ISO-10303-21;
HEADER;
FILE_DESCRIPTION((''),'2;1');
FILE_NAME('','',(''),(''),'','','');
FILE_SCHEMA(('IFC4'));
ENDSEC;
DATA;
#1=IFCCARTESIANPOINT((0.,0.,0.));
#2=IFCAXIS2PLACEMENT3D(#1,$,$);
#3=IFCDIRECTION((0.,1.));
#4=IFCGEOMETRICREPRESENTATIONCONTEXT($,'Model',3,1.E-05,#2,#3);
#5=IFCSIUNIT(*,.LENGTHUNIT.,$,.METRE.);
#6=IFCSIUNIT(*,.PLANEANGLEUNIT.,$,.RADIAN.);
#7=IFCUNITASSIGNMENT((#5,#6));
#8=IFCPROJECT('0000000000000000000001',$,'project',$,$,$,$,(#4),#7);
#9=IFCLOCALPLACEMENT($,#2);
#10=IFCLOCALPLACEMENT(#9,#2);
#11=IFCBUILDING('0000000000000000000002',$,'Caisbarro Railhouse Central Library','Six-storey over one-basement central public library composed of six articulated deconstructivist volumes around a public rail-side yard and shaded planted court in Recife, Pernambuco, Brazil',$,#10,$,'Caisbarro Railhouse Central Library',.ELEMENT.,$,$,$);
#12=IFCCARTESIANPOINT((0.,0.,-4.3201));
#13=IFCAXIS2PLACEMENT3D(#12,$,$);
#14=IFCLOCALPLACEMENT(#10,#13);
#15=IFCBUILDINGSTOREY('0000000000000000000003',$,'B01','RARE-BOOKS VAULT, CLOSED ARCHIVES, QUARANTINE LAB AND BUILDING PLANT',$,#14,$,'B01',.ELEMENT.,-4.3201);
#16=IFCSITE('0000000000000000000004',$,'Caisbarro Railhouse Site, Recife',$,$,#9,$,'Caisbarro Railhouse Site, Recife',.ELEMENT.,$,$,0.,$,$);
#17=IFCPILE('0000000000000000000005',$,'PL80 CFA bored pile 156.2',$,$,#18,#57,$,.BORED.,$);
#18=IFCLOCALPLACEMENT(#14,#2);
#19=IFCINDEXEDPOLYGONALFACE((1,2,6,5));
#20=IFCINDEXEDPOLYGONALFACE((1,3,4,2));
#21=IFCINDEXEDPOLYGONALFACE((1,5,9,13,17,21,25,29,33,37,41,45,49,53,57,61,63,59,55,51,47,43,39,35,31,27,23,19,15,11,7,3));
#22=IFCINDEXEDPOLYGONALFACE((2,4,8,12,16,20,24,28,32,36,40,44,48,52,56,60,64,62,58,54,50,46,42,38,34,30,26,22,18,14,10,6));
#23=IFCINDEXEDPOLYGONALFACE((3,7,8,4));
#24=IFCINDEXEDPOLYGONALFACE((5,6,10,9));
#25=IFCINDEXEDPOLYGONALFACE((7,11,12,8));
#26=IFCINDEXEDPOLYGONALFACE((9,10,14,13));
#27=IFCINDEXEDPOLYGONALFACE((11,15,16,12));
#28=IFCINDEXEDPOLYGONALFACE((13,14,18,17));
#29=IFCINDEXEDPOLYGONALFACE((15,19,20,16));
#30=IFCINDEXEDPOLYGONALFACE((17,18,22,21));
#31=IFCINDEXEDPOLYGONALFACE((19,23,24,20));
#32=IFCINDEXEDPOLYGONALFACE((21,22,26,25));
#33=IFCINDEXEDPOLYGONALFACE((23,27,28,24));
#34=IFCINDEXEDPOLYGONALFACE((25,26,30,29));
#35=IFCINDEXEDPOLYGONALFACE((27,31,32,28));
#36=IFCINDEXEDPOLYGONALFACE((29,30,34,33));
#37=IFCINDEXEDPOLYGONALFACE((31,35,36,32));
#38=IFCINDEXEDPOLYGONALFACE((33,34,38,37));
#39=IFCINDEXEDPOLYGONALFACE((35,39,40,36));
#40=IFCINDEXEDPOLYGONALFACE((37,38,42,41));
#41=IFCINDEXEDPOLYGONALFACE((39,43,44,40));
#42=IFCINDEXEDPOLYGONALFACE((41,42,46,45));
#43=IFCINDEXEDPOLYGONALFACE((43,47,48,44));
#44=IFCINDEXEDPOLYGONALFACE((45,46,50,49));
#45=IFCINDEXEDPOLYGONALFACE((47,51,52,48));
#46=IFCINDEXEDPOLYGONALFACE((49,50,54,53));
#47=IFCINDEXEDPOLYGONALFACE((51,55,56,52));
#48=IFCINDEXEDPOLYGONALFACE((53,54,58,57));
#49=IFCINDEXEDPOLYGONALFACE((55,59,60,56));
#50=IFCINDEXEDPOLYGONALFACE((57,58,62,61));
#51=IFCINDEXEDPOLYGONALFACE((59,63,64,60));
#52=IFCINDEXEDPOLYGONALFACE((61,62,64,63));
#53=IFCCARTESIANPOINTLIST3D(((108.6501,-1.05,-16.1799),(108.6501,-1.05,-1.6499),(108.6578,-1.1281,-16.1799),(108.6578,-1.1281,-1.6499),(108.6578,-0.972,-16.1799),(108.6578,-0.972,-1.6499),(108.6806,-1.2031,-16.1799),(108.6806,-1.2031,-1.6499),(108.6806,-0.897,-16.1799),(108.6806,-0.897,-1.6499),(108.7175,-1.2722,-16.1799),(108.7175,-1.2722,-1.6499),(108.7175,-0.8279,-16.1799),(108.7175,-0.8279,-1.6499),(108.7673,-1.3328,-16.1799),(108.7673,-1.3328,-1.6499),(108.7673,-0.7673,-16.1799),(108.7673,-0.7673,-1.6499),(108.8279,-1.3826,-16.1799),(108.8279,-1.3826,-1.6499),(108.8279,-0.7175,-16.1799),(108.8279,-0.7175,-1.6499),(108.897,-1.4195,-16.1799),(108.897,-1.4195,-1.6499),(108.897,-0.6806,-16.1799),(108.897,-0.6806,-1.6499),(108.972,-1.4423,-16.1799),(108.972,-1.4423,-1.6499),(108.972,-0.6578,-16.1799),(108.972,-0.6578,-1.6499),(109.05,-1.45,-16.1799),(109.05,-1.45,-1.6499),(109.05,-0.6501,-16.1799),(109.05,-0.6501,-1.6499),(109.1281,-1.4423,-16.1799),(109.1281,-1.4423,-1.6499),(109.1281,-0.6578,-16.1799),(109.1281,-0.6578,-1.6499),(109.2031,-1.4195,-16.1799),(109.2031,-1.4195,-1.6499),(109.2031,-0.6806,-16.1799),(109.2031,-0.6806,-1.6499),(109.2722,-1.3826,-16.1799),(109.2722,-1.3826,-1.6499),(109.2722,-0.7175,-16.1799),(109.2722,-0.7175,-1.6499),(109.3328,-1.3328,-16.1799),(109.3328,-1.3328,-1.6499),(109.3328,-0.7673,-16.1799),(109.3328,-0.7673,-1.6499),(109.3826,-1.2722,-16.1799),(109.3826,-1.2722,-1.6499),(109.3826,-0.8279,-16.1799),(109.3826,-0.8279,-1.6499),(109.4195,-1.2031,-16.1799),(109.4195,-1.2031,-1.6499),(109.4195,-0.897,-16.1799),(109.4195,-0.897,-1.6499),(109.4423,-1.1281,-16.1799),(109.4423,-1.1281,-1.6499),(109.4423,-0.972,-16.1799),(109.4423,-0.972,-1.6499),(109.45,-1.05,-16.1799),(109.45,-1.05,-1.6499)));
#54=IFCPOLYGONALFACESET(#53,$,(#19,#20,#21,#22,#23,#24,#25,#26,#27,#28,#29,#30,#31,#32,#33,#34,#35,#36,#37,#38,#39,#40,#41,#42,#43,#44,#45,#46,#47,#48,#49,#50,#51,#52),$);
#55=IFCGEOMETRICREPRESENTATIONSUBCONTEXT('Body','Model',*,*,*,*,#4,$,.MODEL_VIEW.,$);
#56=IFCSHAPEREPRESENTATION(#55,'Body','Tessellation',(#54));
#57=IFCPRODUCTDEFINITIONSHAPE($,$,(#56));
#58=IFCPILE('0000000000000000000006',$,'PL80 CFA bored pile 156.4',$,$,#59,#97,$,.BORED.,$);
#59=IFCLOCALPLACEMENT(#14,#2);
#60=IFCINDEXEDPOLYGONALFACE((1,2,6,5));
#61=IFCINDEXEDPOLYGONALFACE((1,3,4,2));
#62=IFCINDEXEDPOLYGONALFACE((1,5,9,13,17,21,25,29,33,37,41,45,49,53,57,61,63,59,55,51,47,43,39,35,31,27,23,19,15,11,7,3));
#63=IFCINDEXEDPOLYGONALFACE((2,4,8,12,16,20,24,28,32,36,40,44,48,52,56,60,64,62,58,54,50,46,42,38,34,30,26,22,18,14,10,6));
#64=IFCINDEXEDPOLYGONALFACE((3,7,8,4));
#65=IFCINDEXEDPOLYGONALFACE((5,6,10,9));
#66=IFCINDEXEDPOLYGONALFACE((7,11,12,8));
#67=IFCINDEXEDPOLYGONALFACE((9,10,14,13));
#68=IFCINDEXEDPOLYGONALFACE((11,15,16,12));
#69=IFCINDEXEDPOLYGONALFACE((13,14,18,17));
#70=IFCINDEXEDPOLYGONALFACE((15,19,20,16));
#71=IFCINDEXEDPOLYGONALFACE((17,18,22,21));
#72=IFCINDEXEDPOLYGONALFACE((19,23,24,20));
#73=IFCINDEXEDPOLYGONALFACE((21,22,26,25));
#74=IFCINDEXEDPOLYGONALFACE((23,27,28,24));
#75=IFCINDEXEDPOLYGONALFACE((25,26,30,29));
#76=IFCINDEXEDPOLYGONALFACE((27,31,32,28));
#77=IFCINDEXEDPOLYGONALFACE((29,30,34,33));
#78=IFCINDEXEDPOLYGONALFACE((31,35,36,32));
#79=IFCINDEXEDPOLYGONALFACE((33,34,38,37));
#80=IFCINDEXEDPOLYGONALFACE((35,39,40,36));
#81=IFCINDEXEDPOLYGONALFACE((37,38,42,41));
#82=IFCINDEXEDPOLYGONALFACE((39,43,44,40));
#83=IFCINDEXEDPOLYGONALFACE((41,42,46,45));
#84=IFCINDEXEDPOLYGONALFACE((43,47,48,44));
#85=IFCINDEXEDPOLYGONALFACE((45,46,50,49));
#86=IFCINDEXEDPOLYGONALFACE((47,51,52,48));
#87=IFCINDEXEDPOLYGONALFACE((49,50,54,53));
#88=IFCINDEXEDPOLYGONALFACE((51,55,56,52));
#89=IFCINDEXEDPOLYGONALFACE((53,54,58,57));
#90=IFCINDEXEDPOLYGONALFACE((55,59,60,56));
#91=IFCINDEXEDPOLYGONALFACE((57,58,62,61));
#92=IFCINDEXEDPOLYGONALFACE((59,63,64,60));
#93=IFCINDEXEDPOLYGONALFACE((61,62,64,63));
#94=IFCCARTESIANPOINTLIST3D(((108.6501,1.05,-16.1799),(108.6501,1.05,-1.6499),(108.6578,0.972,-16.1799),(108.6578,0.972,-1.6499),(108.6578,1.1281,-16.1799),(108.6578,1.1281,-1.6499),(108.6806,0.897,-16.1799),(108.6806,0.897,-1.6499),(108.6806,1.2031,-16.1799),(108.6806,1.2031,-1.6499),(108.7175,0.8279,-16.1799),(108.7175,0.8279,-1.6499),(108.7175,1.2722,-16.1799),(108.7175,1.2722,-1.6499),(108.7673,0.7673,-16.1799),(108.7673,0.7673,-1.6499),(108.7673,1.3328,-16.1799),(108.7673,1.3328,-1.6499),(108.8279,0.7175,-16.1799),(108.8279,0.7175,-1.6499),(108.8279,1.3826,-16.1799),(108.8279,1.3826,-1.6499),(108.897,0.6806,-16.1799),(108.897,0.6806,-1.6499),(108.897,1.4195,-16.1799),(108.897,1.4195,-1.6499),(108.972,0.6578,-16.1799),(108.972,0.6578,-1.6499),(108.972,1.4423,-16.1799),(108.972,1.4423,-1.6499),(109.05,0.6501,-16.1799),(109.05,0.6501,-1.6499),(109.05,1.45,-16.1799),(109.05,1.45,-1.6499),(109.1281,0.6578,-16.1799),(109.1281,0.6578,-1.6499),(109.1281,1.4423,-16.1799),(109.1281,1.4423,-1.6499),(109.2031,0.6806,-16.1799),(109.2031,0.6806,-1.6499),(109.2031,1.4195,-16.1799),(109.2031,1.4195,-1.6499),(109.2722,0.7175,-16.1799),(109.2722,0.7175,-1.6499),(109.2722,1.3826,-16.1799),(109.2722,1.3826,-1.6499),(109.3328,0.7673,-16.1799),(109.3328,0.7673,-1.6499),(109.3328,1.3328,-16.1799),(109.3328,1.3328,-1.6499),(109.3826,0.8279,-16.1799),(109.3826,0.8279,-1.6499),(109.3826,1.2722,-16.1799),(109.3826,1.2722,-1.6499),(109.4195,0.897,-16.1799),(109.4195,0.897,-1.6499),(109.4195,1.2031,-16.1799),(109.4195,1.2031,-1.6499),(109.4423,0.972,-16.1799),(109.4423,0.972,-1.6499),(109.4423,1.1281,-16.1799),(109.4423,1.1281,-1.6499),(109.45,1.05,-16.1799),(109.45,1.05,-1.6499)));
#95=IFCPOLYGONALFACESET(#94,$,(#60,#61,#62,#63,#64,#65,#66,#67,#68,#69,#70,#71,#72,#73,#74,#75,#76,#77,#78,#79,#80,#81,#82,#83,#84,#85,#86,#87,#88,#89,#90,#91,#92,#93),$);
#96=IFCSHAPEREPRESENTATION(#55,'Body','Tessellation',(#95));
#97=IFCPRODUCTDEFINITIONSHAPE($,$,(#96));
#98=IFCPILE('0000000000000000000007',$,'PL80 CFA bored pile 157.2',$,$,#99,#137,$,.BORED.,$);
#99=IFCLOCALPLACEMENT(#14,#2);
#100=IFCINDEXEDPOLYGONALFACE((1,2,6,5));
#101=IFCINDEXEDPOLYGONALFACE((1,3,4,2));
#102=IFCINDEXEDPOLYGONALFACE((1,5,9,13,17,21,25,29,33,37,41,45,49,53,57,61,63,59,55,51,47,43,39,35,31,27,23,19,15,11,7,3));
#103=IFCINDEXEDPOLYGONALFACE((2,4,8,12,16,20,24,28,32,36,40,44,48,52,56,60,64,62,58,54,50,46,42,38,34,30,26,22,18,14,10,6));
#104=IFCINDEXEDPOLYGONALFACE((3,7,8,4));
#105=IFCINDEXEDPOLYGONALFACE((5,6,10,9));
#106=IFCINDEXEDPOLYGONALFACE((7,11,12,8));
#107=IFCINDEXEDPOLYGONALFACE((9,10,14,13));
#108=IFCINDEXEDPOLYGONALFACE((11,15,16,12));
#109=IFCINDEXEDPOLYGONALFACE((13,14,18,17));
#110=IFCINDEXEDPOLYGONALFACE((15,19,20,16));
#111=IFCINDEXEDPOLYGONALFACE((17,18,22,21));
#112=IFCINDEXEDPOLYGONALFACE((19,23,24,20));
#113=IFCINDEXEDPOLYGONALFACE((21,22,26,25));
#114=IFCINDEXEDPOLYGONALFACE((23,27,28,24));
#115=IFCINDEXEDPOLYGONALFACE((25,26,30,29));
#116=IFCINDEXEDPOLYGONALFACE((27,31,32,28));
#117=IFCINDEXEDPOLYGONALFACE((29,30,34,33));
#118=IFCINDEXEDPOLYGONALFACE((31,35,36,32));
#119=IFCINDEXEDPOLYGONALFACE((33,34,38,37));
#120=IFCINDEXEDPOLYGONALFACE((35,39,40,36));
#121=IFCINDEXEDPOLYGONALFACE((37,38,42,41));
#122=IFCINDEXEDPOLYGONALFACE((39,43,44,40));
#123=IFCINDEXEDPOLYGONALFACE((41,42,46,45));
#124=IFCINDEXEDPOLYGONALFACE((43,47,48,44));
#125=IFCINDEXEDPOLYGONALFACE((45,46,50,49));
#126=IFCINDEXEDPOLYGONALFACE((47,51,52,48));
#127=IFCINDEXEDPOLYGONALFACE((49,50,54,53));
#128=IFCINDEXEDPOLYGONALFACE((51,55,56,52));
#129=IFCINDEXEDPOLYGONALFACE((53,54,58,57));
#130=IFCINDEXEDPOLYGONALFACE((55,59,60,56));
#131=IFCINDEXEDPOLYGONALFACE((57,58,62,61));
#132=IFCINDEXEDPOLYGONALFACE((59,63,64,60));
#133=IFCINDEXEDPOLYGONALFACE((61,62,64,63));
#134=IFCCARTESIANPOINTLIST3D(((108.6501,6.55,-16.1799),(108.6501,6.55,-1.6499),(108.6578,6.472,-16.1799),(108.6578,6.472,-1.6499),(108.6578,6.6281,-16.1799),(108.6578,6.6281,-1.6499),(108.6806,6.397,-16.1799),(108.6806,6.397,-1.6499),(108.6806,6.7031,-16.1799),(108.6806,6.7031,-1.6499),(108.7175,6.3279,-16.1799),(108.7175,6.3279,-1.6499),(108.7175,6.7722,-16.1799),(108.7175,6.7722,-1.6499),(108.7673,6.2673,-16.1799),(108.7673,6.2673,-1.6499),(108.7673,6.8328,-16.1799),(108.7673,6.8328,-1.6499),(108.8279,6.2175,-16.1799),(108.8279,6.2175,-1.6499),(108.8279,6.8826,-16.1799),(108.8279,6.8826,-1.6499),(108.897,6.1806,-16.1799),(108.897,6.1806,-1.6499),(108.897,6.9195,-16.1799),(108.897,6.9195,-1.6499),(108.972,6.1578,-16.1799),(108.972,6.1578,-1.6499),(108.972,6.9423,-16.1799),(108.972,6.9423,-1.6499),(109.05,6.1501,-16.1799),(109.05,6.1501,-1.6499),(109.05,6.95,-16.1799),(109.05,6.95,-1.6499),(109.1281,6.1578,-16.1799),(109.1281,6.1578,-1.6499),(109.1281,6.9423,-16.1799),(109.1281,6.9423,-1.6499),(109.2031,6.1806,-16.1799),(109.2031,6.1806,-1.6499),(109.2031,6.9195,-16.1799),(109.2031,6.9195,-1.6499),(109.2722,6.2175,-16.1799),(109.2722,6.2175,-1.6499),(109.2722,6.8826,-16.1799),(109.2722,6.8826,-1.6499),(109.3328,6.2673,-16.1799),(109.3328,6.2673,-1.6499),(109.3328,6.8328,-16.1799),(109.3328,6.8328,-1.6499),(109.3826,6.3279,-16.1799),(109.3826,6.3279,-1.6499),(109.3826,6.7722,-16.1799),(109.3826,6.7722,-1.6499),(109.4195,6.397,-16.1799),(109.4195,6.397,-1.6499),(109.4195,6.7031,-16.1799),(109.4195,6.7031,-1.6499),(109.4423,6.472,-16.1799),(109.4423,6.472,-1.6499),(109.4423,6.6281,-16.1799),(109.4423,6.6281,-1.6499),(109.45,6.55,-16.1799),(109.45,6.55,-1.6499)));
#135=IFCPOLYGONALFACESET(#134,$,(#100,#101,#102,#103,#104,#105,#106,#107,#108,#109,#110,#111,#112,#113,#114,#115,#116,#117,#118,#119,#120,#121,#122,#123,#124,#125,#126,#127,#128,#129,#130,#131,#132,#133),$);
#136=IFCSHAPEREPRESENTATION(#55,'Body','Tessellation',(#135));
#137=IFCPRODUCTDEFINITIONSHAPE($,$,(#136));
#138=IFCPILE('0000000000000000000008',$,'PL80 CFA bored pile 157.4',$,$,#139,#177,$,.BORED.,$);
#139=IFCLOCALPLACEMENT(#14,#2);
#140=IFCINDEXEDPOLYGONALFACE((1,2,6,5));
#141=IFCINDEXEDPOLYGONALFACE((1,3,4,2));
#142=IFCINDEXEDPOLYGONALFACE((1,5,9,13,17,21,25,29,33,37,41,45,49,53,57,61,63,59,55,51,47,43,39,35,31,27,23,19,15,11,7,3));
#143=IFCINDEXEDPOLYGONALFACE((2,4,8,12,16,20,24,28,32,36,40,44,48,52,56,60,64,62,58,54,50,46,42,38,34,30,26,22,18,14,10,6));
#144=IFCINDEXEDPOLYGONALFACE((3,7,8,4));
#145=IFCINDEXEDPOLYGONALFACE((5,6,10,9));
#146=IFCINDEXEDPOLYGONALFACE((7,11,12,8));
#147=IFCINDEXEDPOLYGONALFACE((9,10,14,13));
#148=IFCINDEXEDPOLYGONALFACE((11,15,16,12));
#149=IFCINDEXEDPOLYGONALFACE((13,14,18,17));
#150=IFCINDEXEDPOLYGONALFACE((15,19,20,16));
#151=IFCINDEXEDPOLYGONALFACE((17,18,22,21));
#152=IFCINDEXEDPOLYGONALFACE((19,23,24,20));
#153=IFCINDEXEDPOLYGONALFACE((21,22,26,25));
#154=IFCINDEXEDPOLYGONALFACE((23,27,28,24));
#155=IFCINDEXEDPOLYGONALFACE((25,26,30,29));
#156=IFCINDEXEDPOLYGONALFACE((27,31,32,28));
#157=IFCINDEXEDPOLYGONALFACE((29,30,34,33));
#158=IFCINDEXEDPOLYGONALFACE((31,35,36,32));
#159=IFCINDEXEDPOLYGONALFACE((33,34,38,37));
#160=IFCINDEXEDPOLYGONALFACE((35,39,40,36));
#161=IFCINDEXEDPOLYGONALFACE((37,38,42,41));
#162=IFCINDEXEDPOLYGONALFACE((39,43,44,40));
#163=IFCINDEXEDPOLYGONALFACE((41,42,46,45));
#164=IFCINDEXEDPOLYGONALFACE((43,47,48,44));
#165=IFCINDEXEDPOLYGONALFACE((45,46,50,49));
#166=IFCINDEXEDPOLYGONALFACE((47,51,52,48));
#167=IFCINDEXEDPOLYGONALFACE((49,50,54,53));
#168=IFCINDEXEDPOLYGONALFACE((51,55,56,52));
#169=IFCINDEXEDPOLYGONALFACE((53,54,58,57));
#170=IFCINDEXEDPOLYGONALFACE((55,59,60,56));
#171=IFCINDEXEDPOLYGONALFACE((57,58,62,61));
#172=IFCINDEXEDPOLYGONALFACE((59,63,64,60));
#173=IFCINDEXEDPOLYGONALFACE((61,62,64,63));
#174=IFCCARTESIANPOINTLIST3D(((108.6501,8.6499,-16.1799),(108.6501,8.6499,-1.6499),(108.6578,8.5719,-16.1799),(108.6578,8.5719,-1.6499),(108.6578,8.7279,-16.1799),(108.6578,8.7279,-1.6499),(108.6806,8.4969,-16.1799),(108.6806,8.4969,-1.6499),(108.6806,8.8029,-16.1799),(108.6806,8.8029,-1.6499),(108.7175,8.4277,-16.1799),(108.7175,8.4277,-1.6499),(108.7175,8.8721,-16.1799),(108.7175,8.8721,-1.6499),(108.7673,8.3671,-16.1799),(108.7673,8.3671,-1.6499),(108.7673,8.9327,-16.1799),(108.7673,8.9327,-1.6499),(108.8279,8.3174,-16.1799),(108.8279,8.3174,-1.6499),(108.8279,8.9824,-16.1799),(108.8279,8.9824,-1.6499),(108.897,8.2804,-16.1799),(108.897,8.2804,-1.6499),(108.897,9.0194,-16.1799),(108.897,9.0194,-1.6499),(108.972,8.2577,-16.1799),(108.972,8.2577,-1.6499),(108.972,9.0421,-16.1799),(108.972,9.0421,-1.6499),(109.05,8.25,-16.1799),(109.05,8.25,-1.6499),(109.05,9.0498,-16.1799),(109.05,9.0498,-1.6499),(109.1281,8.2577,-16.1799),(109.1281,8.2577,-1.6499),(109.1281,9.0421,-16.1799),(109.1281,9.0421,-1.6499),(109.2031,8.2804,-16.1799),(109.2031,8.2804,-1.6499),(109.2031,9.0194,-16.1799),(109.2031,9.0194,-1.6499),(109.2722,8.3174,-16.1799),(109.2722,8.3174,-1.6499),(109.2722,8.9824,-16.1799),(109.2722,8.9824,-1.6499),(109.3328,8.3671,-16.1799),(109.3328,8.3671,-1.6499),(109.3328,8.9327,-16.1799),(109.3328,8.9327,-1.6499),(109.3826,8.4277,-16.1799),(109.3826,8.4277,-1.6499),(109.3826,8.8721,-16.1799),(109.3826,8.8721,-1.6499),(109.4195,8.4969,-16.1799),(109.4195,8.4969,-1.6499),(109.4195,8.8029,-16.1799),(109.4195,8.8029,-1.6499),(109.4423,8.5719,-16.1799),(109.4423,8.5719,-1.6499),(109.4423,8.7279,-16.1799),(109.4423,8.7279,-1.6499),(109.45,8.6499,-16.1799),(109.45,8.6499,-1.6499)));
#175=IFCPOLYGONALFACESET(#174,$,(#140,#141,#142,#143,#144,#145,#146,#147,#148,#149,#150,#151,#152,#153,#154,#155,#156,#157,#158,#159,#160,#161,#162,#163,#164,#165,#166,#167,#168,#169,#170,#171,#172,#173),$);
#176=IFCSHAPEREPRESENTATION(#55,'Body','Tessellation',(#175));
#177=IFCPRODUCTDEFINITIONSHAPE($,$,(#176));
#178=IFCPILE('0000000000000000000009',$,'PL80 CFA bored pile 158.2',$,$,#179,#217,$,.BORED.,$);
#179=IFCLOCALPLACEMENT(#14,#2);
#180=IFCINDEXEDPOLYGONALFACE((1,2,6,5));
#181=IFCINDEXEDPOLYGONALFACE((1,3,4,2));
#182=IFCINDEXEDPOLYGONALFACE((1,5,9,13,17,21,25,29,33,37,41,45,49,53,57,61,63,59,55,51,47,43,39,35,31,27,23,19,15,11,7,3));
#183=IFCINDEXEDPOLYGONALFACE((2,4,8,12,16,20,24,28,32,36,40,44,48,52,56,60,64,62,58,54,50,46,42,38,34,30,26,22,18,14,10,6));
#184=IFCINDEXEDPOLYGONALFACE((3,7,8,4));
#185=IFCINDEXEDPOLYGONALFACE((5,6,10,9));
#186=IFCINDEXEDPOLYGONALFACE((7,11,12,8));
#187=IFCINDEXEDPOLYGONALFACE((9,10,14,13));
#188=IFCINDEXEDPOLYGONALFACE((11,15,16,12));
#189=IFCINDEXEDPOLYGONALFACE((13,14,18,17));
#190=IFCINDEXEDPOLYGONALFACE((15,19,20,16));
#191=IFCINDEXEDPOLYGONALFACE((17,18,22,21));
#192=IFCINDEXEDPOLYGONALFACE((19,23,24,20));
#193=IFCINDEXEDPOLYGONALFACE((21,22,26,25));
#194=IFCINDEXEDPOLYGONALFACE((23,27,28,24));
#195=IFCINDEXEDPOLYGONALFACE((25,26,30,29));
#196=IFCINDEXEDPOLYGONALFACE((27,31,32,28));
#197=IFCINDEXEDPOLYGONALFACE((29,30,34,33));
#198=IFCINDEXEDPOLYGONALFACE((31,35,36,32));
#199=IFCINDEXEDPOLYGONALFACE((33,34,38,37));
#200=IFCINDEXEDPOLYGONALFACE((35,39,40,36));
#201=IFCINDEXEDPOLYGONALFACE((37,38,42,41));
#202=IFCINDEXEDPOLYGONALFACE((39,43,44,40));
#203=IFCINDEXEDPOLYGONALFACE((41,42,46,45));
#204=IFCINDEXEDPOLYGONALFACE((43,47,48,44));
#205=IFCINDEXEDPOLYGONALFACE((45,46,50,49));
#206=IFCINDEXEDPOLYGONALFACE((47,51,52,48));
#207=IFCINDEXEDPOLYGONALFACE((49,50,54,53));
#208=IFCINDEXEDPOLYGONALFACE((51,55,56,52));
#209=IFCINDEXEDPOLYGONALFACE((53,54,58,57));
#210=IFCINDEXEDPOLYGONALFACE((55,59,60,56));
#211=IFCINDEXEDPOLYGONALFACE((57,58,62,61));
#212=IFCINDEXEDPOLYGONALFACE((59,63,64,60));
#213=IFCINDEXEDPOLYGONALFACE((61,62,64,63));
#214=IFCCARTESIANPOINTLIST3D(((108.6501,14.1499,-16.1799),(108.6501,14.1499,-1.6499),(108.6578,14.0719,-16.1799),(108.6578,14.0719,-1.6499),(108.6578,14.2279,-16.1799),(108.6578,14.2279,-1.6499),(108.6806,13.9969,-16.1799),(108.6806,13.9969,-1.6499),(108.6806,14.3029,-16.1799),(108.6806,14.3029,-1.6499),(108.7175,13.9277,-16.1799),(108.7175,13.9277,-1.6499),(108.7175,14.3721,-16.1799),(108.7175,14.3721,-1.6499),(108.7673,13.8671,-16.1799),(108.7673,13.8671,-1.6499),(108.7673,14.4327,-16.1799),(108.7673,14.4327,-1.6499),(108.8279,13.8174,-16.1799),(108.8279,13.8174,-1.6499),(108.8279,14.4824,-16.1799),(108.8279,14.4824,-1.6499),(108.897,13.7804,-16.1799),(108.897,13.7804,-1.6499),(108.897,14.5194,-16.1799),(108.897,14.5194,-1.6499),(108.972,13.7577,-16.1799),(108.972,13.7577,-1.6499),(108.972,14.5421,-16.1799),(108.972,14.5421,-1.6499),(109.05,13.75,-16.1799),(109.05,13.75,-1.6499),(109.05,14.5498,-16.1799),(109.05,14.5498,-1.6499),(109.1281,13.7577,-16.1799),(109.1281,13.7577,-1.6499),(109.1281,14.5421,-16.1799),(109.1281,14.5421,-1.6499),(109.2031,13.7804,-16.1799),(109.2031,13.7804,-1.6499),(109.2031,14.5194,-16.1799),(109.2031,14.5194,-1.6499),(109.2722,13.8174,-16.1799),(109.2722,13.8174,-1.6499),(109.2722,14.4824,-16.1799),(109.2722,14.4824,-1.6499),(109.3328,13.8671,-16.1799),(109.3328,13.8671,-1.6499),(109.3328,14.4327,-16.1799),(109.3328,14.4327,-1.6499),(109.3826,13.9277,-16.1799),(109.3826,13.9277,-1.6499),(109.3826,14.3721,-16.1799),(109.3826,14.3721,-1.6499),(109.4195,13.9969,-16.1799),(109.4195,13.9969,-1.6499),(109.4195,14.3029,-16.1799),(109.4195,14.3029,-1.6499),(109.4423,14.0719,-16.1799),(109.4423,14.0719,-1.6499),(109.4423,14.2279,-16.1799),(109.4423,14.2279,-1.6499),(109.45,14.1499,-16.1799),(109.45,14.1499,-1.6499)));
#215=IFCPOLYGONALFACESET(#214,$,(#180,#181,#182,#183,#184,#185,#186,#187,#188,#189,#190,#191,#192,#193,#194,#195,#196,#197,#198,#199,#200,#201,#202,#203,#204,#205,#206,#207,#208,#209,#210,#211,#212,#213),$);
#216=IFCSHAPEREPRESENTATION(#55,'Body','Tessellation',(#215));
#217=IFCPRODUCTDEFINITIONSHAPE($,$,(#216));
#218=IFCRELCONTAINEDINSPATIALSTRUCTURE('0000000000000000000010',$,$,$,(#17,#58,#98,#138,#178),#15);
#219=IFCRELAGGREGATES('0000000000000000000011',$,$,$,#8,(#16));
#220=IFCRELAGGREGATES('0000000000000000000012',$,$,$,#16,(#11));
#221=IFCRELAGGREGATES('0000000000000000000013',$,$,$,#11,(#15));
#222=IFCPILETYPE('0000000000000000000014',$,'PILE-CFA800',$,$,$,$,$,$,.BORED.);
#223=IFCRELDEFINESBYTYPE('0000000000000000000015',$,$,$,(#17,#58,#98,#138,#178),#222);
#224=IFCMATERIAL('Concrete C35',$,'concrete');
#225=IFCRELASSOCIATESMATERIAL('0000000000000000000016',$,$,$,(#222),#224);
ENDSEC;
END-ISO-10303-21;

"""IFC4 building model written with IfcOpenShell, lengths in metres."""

from ifc_helpers import new_model, si_unit, direction, frame, origin, origin_2d, place, context, subcontext, project, spatial, circle, extrude, material, material_profile, profile_set, type_object, element, save


model = new_model("IFC4")

# Units and contexts
model_context = context("Model", 3, precision=1e-05, world=origin(), true_north=direction((0.0, 1.0)))
body_context = subcontext(model_context, "Body", "Model", "MODEL_VIEW")
ifc_project = project(units=[si_unit("LENGTHUNIT", "METRE"), si_unit("PLANEANGLEUNIT", "RADIAN")], contexts=[model_context])

# Site, building, storey
site_placement = place(None, origin())
site = spatial("IfcSite", under=ifc_project, at=site_placement, Name="Caisbarro Railhouse Site, Recife", LongName="Caisbarro Railhouse Site, Recife", CompositionType="ELEMENT", RefElevation=0.0)
building_placement = place(site_placement, origin())
building = spatial("IfcBuilding", under=site, at=building_placement, Name="Caisbarro Railhouse Central Library", Description="Six-storey over one-basement central public library composed of six articulated deconstructivist volumes around a public rail-side yard and shaded planted court in Recife, Pernambuco, Brazil", LongName="Caisbarro Railhouse Central Library", CompositionType="ELEMENT")
storey_placement = place(building_placement, frame((0.0, 0.0, -4.3201)))
storey = spatial("IfcBuildingStorey", under=building, at=storey_placement, Name="B01", Description="RARE-BOOKS VAULT, CLOSED ARCHIVES, QUARANTINE LAB AND BUILDING PLANT", LongName="B01", CompositionType="ELEMENT", Elevation=-4.3201)

# Piles
ifc_material_1 = material(Name="Concrete C35", Category="concrete")
ifc_material_profile_1 = material_profile(ifc_material_1, circle(Radius=0.3999, at=origin_2d()), Name="PILE-CFA-800")
ifc_profile_set_1 = profile_set([ifc_material_profile_1], Name="Concrete C35")
pile_type_1 = type_object("IfcPileType", Name="PILE-CFA800", PredefinedType="BORED", material=ifc_profile_set_1)
for number, where, z_axis, x_axis, name in (
    (1, (109.05, -1.05, -1.6499), (0.0, 0.0, -1.0), (1.0, 0.0, 0.0), "PL80 CFA bored pile 156.2"),
    (2, (109.05, 1.05, -1.6499), (0.0, 0.0, -1.0), (1.0, 0.0, 0.0), "PL80 CFA bored pile 156.4"),
    (3, (109.05, 6.55, -1.6499), (0.0, 0.0, -1.0), (1.0, 0.0, 0.0), "PL80 CFA bored pile 157.2"),
    (4, (109.05, 8.6499, -1.6499), (0.0, 0.0, -1.0), (1.0, 0.0, 0.0), "PL80 CFA bored pile 157.4"),
    (5, (109.05, 14.1499, -1.6499), (0.0, 0.0, -1.0), (1.0, 0.0, 0.0), "PL80 CFA bored pile 158.2"),
):
    element("IfcPile", number, at=place(storey_placement, frame(where, z_axis=z_axis, x_axis=x_axis)), inside=storey, type_object=pile_type_1, Name=name, PredefinedType="BORED", context=body_context, shape_type="SweptSolid", body=[
        extrude(circle(Radius=0.3999, at=origin_2d()), origin(), (0.0, 0.0, 1.0), 14.53),
    ])

save(model, "model.ifc")
